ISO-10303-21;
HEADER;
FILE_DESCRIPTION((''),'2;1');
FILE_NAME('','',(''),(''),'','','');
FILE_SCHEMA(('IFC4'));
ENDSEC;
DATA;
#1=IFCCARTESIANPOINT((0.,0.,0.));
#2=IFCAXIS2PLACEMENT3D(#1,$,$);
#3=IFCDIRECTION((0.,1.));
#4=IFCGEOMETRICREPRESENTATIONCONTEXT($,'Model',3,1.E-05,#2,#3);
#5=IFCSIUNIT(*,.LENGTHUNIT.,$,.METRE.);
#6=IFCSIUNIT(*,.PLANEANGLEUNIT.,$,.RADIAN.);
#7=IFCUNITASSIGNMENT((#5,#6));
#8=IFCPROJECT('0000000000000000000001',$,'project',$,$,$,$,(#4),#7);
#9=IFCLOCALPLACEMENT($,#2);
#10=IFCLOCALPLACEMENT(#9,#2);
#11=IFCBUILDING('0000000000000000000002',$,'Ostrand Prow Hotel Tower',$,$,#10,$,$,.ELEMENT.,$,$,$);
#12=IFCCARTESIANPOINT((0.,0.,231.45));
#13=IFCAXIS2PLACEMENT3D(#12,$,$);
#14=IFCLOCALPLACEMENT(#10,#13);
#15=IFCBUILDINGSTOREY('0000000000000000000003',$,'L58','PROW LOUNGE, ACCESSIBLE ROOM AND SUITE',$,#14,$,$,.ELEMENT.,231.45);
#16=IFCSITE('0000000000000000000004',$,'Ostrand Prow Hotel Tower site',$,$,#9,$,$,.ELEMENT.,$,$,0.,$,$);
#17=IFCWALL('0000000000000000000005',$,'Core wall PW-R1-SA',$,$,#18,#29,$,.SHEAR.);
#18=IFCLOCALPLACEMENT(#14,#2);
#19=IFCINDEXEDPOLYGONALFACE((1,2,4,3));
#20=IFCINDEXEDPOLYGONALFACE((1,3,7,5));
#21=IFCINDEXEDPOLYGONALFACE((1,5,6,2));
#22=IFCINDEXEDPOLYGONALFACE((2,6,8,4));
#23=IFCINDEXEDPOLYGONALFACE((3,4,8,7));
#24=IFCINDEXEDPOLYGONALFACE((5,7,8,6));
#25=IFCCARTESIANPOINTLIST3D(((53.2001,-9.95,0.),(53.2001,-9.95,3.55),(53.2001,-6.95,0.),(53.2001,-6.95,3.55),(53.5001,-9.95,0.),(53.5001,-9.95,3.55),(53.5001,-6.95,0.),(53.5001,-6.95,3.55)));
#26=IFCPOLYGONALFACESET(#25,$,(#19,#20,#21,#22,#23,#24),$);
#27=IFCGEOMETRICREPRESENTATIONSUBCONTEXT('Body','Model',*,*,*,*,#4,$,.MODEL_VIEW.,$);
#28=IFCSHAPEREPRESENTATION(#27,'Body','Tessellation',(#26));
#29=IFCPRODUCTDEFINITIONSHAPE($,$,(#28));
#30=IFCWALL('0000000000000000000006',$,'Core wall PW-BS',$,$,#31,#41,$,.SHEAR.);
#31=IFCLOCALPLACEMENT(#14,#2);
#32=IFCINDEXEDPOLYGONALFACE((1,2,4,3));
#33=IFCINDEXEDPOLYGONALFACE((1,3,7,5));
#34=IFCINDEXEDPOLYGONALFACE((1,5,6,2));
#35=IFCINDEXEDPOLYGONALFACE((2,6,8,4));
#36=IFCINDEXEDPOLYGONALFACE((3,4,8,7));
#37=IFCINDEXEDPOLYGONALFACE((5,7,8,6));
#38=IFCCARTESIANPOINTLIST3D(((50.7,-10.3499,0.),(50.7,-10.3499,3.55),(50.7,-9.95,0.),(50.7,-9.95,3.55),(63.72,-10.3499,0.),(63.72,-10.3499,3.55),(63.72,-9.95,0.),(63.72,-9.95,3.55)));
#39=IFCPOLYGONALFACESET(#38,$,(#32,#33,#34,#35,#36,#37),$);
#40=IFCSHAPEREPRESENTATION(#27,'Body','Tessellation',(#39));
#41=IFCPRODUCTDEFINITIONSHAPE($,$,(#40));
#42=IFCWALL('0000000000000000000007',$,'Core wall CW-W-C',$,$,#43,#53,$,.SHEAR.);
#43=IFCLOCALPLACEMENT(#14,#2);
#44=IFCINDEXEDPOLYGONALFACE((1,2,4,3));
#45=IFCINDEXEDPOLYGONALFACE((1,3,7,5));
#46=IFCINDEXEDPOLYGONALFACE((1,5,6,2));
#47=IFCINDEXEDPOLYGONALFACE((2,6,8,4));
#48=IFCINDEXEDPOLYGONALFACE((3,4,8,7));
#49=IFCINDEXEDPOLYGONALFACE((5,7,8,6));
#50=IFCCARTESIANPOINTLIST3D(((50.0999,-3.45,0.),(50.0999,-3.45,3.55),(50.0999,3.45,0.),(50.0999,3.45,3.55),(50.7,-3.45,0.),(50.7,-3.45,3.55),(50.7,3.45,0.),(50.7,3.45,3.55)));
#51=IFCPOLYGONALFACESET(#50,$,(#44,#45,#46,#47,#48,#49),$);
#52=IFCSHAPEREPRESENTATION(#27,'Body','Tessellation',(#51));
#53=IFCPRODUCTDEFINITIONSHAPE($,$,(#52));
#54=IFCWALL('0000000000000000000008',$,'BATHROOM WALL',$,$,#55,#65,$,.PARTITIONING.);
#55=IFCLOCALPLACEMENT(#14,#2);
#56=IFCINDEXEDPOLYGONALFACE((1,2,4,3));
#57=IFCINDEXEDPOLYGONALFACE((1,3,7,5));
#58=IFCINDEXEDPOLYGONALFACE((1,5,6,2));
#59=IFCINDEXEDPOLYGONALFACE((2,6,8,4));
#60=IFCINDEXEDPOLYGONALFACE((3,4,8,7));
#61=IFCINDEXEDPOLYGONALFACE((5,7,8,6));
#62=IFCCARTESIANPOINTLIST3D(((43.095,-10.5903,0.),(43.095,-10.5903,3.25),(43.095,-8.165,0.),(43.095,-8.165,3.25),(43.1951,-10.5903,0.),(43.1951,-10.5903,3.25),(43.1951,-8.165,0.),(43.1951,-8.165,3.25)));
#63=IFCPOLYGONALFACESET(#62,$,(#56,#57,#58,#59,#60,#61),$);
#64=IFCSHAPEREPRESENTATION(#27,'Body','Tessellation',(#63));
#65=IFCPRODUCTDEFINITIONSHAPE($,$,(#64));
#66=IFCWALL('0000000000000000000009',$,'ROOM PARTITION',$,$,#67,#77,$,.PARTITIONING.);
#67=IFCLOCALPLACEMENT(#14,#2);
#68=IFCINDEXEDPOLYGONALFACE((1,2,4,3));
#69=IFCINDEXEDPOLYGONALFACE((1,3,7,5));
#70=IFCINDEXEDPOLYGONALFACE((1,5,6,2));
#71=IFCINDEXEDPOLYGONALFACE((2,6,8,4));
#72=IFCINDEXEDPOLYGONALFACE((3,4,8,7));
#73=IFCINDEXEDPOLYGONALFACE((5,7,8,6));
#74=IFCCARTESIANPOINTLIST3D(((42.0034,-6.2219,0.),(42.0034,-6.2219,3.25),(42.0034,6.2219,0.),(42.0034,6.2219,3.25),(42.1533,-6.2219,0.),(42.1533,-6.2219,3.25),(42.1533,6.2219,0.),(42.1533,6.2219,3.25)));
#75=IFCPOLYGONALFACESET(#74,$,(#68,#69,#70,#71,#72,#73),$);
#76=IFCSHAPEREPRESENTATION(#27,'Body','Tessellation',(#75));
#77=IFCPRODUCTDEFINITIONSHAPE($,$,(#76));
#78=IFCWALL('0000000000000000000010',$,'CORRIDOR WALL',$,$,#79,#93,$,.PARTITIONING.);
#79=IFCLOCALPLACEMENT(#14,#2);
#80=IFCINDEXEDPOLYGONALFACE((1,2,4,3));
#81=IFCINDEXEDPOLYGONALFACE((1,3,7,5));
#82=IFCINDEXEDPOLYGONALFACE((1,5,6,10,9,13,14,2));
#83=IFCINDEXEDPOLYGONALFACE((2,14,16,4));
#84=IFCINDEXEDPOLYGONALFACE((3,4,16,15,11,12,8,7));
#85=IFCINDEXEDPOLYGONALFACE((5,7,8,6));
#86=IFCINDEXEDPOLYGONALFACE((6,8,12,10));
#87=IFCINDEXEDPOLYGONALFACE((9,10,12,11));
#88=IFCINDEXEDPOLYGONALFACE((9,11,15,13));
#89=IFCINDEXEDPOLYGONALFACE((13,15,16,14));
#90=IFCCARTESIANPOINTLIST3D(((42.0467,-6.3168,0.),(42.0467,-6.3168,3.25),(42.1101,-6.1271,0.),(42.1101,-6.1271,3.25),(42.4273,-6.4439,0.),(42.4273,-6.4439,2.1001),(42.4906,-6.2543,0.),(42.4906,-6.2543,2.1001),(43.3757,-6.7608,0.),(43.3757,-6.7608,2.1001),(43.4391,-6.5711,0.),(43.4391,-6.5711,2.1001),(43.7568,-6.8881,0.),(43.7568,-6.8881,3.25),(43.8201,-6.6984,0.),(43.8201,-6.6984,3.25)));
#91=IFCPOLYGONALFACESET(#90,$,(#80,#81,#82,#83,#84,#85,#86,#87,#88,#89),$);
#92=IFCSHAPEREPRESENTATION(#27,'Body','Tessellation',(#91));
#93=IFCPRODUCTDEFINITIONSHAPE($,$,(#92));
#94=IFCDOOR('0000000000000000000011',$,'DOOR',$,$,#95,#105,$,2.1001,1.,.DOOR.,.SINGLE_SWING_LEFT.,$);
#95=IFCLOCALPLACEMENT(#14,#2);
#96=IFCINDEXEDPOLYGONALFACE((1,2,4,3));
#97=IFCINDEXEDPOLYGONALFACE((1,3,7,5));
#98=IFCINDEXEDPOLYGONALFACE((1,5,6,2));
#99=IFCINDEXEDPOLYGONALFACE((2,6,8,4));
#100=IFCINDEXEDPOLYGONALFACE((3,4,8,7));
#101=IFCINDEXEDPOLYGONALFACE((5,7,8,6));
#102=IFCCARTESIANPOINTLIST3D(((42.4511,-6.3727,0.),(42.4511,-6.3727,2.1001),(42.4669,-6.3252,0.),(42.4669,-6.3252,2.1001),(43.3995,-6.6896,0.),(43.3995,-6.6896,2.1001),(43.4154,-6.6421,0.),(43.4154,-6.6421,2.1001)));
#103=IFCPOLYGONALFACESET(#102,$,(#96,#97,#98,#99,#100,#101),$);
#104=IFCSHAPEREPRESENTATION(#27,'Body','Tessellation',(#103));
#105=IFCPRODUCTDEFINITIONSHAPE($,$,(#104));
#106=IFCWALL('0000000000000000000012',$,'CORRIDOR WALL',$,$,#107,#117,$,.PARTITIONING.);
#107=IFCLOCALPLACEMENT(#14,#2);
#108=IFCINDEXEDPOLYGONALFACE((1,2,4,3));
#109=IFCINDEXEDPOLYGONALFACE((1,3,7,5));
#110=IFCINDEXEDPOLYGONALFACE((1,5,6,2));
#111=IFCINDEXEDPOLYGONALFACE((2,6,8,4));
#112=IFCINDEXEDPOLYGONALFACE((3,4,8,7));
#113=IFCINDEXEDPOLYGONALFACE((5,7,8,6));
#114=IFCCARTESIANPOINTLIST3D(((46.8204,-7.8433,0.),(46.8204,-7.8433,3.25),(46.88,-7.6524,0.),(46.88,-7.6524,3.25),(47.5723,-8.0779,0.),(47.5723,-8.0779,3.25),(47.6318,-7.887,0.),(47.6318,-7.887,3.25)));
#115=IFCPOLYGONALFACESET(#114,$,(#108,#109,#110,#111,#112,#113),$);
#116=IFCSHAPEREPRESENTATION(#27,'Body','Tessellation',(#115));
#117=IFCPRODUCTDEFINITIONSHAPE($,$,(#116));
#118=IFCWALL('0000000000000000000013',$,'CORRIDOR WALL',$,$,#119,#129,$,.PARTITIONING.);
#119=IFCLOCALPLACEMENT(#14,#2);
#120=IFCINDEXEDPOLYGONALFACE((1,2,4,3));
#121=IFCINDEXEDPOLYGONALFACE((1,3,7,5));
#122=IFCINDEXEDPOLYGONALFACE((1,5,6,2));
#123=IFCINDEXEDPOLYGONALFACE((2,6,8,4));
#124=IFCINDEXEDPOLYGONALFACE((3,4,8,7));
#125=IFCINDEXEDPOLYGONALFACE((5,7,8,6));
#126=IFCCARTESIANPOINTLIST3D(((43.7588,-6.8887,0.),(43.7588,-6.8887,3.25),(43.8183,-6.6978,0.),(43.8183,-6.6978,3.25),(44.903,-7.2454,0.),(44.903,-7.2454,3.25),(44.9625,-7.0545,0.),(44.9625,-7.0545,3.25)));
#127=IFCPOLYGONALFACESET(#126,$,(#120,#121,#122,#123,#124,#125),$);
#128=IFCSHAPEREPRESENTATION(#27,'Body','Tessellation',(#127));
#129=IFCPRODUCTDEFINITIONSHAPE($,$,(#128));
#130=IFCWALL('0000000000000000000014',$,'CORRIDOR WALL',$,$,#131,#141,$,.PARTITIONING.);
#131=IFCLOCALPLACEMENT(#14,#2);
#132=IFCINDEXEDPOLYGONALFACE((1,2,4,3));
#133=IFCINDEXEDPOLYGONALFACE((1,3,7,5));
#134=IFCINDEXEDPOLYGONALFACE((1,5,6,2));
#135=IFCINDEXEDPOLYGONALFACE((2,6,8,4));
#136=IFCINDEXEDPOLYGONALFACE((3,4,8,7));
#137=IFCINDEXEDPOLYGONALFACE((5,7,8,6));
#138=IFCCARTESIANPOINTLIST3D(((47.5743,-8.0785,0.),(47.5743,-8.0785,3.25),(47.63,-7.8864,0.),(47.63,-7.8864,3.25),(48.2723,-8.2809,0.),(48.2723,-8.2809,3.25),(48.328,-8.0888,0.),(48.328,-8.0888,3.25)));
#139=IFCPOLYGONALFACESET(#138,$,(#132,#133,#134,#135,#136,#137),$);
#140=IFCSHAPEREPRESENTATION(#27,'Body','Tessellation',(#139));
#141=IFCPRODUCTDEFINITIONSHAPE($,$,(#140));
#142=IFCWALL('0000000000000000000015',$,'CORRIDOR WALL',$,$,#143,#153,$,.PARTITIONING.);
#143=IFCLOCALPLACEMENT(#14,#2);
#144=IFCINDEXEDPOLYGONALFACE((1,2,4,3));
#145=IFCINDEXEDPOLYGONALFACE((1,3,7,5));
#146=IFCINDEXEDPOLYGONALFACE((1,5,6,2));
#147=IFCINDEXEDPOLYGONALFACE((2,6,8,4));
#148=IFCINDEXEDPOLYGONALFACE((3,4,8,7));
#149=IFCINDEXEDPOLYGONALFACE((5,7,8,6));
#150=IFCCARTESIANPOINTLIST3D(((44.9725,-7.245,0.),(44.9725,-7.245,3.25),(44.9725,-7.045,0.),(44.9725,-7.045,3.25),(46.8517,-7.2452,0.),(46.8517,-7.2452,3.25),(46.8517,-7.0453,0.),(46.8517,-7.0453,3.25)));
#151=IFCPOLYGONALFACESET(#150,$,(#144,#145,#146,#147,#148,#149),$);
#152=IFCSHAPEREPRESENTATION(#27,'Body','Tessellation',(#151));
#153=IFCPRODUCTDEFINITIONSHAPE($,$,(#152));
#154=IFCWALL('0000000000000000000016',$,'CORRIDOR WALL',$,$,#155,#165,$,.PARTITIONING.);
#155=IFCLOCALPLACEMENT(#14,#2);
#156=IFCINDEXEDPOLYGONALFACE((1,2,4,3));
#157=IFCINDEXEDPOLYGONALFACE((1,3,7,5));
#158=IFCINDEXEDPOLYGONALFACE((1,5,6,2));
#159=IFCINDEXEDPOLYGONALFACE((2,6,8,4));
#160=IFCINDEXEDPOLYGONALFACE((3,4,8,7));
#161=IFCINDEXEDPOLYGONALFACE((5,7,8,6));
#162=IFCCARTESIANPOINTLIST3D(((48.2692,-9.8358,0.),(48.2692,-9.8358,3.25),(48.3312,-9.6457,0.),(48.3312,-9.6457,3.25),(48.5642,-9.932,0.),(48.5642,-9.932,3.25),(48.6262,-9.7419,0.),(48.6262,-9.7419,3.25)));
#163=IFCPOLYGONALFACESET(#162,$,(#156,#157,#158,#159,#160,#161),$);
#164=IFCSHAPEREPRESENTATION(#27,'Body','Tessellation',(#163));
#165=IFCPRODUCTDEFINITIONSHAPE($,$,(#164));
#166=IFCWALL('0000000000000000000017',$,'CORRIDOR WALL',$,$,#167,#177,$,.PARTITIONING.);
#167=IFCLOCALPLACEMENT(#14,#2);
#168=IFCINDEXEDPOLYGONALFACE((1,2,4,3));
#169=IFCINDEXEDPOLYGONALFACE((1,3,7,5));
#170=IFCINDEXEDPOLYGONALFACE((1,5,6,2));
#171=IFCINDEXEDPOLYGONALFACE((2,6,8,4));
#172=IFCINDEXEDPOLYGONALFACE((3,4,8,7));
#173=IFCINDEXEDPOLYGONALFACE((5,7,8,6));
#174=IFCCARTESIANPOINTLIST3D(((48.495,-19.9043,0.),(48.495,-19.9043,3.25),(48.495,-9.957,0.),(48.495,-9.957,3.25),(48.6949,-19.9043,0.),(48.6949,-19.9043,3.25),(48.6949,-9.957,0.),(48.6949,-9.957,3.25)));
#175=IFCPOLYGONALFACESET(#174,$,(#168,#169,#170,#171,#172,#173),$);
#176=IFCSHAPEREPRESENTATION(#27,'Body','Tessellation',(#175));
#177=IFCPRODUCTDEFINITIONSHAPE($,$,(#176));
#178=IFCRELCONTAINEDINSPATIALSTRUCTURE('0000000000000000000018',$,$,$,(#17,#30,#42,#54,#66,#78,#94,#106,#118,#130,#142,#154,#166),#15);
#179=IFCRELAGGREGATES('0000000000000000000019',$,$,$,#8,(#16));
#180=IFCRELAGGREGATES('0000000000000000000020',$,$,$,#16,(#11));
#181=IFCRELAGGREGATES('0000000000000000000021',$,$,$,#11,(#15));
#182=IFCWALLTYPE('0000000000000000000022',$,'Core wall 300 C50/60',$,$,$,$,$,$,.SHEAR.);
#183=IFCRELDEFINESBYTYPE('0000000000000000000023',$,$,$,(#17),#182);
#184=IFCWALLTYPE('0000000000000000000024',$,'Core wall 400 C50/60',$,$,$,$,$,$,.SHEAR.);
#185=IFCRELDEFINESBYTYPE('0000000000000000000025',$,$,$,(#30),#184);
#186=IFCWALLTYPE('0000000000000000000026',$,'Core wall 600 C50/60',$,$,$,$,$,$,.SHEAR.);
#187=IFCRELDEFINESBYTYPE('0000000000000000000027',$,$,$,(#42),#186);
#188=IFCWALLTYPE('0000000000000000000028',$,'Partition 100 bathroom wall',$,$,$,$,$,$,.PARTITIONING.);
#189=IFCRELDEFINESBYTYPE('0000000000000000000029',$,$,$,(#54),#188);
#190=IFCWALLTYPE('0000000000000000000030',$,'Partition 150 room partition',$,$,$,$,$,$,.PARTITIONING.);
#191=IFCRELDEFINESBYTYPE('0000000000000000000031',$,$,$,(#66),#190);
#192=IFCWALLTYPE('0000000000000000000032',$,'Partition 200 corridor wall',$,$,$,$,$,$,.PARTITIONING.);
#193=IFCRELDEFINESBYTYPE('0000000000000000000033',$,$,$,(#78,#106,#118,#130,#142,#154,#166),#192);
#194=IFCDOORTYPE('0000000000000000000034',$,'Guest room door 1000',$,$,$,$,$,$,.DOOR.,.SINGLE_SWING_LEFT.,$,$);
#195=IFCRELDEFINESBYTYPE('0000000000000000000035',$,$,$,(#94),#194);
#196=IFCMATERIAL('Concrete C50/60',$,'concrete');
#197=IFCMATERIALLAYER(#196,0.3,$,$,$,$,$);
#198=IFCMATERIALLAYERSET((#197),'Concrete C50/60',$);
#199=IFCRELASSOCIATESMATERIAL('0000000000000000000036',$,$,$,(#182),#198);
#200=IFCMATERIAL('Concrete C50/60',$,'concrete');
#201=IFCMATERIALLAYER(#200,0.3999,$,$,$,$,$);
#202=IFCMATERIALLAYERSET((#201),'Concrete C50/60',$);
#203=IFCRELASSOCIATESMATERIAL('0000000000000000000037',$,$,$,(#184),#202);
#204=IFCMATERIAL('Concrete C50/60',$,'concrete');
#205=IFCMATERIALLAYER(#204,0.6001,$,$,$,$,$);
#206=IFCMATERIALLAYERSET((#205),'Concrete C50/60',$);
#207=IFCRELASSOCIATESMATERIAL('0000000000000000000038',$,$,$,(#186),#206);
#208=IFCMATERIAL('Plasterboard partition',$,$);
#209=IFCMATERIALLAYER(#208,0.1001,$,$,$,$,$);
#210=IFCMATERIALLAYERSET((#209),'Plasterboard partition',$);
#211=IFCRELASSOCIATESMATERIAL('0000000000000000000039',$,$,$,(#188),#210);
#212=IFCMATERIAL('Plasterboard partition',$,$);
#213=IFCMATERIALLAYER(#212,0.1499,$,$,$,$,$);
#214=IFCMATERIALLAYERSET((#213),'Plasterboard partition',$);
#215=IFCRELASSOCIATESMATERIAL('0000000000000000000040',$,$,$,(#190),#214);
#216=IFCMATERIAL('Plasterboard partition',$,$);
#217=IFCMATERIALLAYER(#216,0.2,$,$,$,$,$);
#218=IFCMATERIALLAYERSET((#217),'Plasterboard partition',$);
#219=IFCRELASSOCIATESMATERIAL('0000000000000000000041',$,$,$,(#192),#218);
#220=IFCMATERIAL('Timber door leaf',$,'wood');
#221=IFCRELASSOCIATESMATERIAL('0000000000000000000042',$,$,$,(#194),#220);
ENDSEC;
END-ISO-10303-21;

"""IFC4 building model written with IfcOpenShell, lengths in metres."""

from ifc_helpers import new_model, si_unit, direction, frame, frame_2d, origin, place, context, subcontext, project, spatial, rectangle, extrude, material, layer, layer_set, type_object, element, fill, save


model = new_model("IFC4")

# Units and contexts
model_context = context("Model", 3, precision=1e-05, world=origin(), true_north=direction((0.0, 1.0)))
body_context = subcontext(model_context, "Body", "Model", "MODEL_VIEW")
ifc_project = project(units=[si_unit("LENGTHUNIT", "METRE"), si_unit("PLANEANGLEUNIT", "RADIAN")], contexts=[model_context])

# Site, building, storey
site_placement = place(None, origin())
site = spatial("IfcSite", under=ifc_project, at=site_placement, Name="Ostrand Prow Hotel Tower site", CompositionType="ELEMENT", RefElevation=0.0)
building_placement = place(site_placement, origin())
building = spatial("IfcBuilding", under=site, at=building_placement, Name="Ostrand Prow Hotel Tower", CompositionType="ELEMENT")
storey_placement = place(building_placement, frame((0.0, 0.0, 231.45)))
storey = spatial("IfcBuildingStorey", under=building, at=storey_placement, Name="L58", Description="PROW LOUNGE, ACCESSIBLE ROOM AND SUITE", CompositionType="ELEMENT", Elevation=231.45)

# Shared definitions
ifc_material_1 = material(Name="Concrete C50/60", Category="concrete")
ifc_layer_1 = layer(ifc_material_1, 0.3)
ifc_layer_set_1 = layer_set([ifc_layer_1], Name="Concrete C50/60")
wall_type_1 = type_object("IfcWallType", Name="Core wall 300 C50/60", PredefinedType="SHEAR", material=ifc_layer_set_1)

# Walls
for number, where, z_axis, x_axis, name in (
    (1, (53.3501, -9.95, 0.0), (0.0, 0.0, 1.0), (0.0, 1.0, 0.0), "Core wall PW-R1-SA"),
):
    element("IfcWall", number, at=place(storey_placement, frame(where, z_axis=z_axis, x_axis=x_axis)), inside=storey, type_object=wall_type_1, Name=name, PredefinedType="SHEAR", context=body_context, shape_type="SweptSolid", body=[
        extrude(rectangle(XDim=3.0, YDim=0.3, at=frame_2d((1.5, 0.0))), origin(), (0.0, 0.0, 1.0), 3.55),
    ])
ifc_material_2 = material(Name="Concrete C50/60", Category="concrete")
ifc_layer_2 = layer(ifc_material_2, 0.3999)
ifc_layer_set_2 = layer_set([ifc_layer_2], Name="Concrete C50/60")
wall_type_2 = type_object("IfcWallType", Name="Core wall 400 C50/60", PredefinedType="SHEAR", material=ifc_layer_set_2)
wall_1_placement = place(storey_placement, frame((50.7, -10.1499, 0.0), z_axis=(0.0, 0.0, 1.0), x_axis=(1.0, 0.0, 0.0)))
element("IfcWall", 2, at=wall_1_placement, inside=storey, type_object=wall_type_2, Name="Core wall PW-BS", PredefinedType="SHEAR", context=body_context, shape_type="SweptSolid", body=[
    extrude(rectangle(XDim=13.02, YDim=0.3999, at=frame_2d((6.51, 0.0))), origin(), (0.0, 0.0, 1.0), 3.55),
])
ifc_material_3 = material(Name="Concrete C50/60", Category="concrete")
ifc_layer_3 = layer(ifc_material_3, 0.6001)
ifc_layer_set_3 = layer_set([ifc_layer_3], Name="Concrete C50/60")
wall_type_3 = type_object("IfcWallType", Name="Core wall 600 C50/60", PredefinedType="SHEAR", material=ifc_layer_set_3)
wall_2_placement = place(storey_placement, frame((50.3999, -3.45, 0.0), z_axis=(0.0, 0.0, 1.0), x_axis=(0.0, 1.0, 0.0)))
element("IfcWall", 3, at=wall_2_placement, inside=storey, type_object=wall_type_3, Name="Core wall CW-W-C", PredefinedType="SHEAR", context=body_context, shape_type="SweptSolid", body=[
    extrude(rectangle(XDim=6.8999, YDim=0.6001, at=frame_2d((3.45, 0.0))), origin(), (0.0, 0.0, 1.0), 3.55),
])
ifc_material_4 = material(Name="Plasterboard partition")
ifc_layer_4 = layer(ifc_material_4, 0.1001)
ifc_layer_set_4 = layer_set([ifc_layer_4], Name="Plasterboard partition")
wall_type_4 = type_object("IfcWallType", Name="Partition 100 bathroom wall", PredefinedType="PARTITIONING", material=ifc_layer_set_4)
wall_3_placement = place(storey_placement, frame((43.145, -8.165, 0.0), z_axis=(0.0, 0.0, 1.0), x_axis=(0.0, -1.0, 0.0)))
element("IfcWall", 4, at=wall_3_placement, inside=storey, type_object=wall_type_4, Name="BATHROOM WALL", PredefinedType="PARTITIONING", context=body_context, shape_type="SweptSolid", body=[
    extrude(rectangle(XDim=2.4253, YDim=0.1001, at=frame_2d((1.2126, 0.0))), origin(), (0.0, 0.0, 1.0), 3.25),
])
ifc_material_5 = material(Name="Plasterboard partition")
ifc_layer_5 = layer(ifc_material_5, 0.1499)
ifc_layer_set_5 = layer_set([ifc_layer_5], Name="Plasterboard partition")
wall_type_5 = type_object("IfcWallType", Name="Partition 150 room partition", PredefinedType="PARTITIONING", material=ifc_layer_set_5)
wall_4_placement = place(storey_placement, frame((42.0784, -6.2219, 0.0), z_axis=(0.0, 0.0, 1.0), x_axis=(0.0, 1.0, 0.0)))
element("IfcWall", 5, at=wall_4_placement, inside=storey, type_object=wall_type_5, Name="ROOM PARTITION", PredefinedType="PARTITIONING", context=body_context, shape_type="SweptSolid", body=[
    extrude(rectangle(XDim=12.4438, YDim=0.1499, at=frame_2d((6.2219, 0.0))), origin(), (0.0, 0.0, 1.0), 3.25),
])

# Wall, opening, door
ifc_material_6 = material(Name="Plasterboard partition")
ifc_layer_6 = layer(ifc_material_6, 0.2)
ifc_layer_set_6 = layer_set([ifc_layer_6], Name="Plasterboard partition")
wall_type_6 = type_object("IfcWallType", Name="Partition 200 corridor wall", PredefinedType="PARTITIONING", material=ifc_layer_set_6)
wall_5_placement = place(storey_placement, frame((43.7883, -6.7932, 0.0), z_axis=(0.0, 0.0, 1.0), x_axis=(-0.948466, 0.316878, 0.0)))
wall_5 = element("IfcWall", 6, at=wall_5_placement, inside=storey, type_object=wall_type_6, Name="CORRIDOR WALL", PredefinedType="PARTITIONING", context=body_context, shape_type="SweptSolid", body=[
    extrude(rectangle(XDim=1.803, YDim=0.2, at=frame_2d((0.9014, 0.0))), origin(), (0.0, 0.0, 1.0), 3.25),
])
opening_1_placement = place(wall_5_placement, frame((0.4016, 0.0, 0.0)))
opening_1 = element("IfcOpeningElement", 7, at=opening_1_placement, cuts=wall_5, PredefinedType="OPENING", context=body_context, shape_type="SweptSolid", body=[
    extrude(rectangle(XDim=1.0, YDim=2.1001, at=frame_2d((0.5, 1.05))), frame((0.0, 0.1099, 0.0), z_axis=(0.0, -1.0, 0.0), x_axis=(1.0, 0.0, 0.0)), (0.0, 0.0, 1.0), 0.22),
])
ifc_material_7 = material(Name="Timber door leaf", Category="wood")
door_type_1 = type_object("IfcDoorType", Name="Guest room door 1000", OperationType="SINGLE_SWING_LEFT", PredefinedType="DOOR", material=ifc_material_7)
door_1_placement = place(opening_1_placement, origin())
door_1 = element("IfcDoor", 8, at=door_1_placement, inside=storey, type_object=door_type_1, Name="DOOR", OperationType="SINGLE_SWING_LEFT", OverallHeight=2.1001, OverallWidth=1.0, PredefinedType="DOOR", context=body_context, shape_type="SweptSolid", body=[
    extrude(rectangle(XDim=1.0, YDim=2.1001, at=frame_2d((0.5, 1.05))), frame((0.0, 0.0249, 0.0), z_axis=(0.0, -1.0, 0.0), x_axis=(1.0, 0.0, 0.0)), (0.0, 0.0, 1.0), 0.05),
])
fill(opening_1, door_1)

# Walls
wall_6_placement = place(storey_placement, frame((47.6021, -7.9824, 0.0), z_axis=(0.0, 0.0, 1.0), x_axis=(-0.954612, 0.297851, 0.0)))
element("IfcWall", 9, at=wall_6_placement, inside=storey, type_object=wall_type_6, Name="CORRIDOR WALL", PredefinedType="PARTITIONING", context=body_context, shape_type="SweptSolid", body=[
    extrude(rectangle(XDim=0.7876, YDim=0.2, at=frame_2d((0.3938, 0.0))), origin(), (0.0, 0.0, 1.0), 3.25),
])
wall_7_placement = place(storey_placement, frame((44.9326, -7.1499, 0.0), z_axis=(0.0, 0.0, 1.0), x_axis=(-0.954694, 0.297591, 0.0)))
element("IfcWall", 10, at=wall_7_placement, inside=storey, type_object=wall_type_6, Name="CORRIDOR WALL", PredefinedType="PARTITIONING", context=body_context, shape_type="SweptSolid", body=[
    extrude(rectangle(XDim=1.1985, YDim=0.2, at=frame_2d((0.5991, 0.0))), origin(), (0.0, 0.0, 1.0), 3.25),
])
wall_8_placement = place(storey_placement, frame((48.3, -8.1848, 0.0), z_axis=(0.0, 0.0, 1.0), x_axis=(-0.960439, 0.27849, 0.0)))
element("IfcWall", 11, at=wall_8_placement, inside=storey, type_object=wall_type_6, Name="CORRIDOR WALL", PredefinedType="PARTITIONING", context=body_context, shape_type="SweptSolid", body=[
    extrude(rectangle(XDim=0.7268, YDim=0.2, at=frame_2d((0.3633, 0.0))), origin(), (0.0, 0.0, 1.0), 3.25),
])
wall_9_placement = place(storey_placement, frame((46.8516, -7.1453, 0.0), z_axis=(0.0, 0.0, 1.0), x_axis=(-1.0, 0.00013, 0.0)))
element("IfcWall", 12, at=wall_9_placement, inside=storey, type_object=wall_type_6, Name="CORRIDOR WALL", PredefinedType="PARTITIONING", context=body_context, shape_type="SweptSolid", body=[
    extrude(rectangle(XDim=1.8792, YDim=0.2, at=frame_2d((0.9395, 0.0))), origin(), (0.0, 0.0, 1.0), 3.25),
])
wall_10_placement = place(storey_placement, frame((48.3, -9.7407, 0.0), z_axis=(0.0, 0.0, 1.0), x_axis=(0.95071, -0.310082, 0.0)))
element("IfcWall", 13, at=wall_10_placement, inside=storey, type_object=wall_type_6, Name="CORRIDOR WALL", PredefinedType="PARTITIONING", context=body_context, shape_type="SweptSolid", body=[
    extrude(rectangle(XDim=0.3103, YDim=0.2, at=frame_2d((0.1553, 0.0))), origin(), (0.0, 0.0, 1.0), 3.25),
])
wall_11_placement = place(storey_placement, frame((48.595, -9.957, 0.0), z_axis=(0.0, 0.0, 1.0), x_axis=(0.0, -1.0, 0.0)))
element("IfcWall", 14, at=wall_11_placement, inside=storey, type_object=wall_type_6, Name="CORRIDOR WALL", PredefinedType="PARTITIONING", context=body_context, shape_type="SweptSolid", body=[
    extrude(rectangle(XDim=9.9473, YDim=0.2, at=frame_2d((4.9736, 0.0))), origin(), (0.0, 0.0, 1.0), 3.25),
])

save(model, "model.ifc")
